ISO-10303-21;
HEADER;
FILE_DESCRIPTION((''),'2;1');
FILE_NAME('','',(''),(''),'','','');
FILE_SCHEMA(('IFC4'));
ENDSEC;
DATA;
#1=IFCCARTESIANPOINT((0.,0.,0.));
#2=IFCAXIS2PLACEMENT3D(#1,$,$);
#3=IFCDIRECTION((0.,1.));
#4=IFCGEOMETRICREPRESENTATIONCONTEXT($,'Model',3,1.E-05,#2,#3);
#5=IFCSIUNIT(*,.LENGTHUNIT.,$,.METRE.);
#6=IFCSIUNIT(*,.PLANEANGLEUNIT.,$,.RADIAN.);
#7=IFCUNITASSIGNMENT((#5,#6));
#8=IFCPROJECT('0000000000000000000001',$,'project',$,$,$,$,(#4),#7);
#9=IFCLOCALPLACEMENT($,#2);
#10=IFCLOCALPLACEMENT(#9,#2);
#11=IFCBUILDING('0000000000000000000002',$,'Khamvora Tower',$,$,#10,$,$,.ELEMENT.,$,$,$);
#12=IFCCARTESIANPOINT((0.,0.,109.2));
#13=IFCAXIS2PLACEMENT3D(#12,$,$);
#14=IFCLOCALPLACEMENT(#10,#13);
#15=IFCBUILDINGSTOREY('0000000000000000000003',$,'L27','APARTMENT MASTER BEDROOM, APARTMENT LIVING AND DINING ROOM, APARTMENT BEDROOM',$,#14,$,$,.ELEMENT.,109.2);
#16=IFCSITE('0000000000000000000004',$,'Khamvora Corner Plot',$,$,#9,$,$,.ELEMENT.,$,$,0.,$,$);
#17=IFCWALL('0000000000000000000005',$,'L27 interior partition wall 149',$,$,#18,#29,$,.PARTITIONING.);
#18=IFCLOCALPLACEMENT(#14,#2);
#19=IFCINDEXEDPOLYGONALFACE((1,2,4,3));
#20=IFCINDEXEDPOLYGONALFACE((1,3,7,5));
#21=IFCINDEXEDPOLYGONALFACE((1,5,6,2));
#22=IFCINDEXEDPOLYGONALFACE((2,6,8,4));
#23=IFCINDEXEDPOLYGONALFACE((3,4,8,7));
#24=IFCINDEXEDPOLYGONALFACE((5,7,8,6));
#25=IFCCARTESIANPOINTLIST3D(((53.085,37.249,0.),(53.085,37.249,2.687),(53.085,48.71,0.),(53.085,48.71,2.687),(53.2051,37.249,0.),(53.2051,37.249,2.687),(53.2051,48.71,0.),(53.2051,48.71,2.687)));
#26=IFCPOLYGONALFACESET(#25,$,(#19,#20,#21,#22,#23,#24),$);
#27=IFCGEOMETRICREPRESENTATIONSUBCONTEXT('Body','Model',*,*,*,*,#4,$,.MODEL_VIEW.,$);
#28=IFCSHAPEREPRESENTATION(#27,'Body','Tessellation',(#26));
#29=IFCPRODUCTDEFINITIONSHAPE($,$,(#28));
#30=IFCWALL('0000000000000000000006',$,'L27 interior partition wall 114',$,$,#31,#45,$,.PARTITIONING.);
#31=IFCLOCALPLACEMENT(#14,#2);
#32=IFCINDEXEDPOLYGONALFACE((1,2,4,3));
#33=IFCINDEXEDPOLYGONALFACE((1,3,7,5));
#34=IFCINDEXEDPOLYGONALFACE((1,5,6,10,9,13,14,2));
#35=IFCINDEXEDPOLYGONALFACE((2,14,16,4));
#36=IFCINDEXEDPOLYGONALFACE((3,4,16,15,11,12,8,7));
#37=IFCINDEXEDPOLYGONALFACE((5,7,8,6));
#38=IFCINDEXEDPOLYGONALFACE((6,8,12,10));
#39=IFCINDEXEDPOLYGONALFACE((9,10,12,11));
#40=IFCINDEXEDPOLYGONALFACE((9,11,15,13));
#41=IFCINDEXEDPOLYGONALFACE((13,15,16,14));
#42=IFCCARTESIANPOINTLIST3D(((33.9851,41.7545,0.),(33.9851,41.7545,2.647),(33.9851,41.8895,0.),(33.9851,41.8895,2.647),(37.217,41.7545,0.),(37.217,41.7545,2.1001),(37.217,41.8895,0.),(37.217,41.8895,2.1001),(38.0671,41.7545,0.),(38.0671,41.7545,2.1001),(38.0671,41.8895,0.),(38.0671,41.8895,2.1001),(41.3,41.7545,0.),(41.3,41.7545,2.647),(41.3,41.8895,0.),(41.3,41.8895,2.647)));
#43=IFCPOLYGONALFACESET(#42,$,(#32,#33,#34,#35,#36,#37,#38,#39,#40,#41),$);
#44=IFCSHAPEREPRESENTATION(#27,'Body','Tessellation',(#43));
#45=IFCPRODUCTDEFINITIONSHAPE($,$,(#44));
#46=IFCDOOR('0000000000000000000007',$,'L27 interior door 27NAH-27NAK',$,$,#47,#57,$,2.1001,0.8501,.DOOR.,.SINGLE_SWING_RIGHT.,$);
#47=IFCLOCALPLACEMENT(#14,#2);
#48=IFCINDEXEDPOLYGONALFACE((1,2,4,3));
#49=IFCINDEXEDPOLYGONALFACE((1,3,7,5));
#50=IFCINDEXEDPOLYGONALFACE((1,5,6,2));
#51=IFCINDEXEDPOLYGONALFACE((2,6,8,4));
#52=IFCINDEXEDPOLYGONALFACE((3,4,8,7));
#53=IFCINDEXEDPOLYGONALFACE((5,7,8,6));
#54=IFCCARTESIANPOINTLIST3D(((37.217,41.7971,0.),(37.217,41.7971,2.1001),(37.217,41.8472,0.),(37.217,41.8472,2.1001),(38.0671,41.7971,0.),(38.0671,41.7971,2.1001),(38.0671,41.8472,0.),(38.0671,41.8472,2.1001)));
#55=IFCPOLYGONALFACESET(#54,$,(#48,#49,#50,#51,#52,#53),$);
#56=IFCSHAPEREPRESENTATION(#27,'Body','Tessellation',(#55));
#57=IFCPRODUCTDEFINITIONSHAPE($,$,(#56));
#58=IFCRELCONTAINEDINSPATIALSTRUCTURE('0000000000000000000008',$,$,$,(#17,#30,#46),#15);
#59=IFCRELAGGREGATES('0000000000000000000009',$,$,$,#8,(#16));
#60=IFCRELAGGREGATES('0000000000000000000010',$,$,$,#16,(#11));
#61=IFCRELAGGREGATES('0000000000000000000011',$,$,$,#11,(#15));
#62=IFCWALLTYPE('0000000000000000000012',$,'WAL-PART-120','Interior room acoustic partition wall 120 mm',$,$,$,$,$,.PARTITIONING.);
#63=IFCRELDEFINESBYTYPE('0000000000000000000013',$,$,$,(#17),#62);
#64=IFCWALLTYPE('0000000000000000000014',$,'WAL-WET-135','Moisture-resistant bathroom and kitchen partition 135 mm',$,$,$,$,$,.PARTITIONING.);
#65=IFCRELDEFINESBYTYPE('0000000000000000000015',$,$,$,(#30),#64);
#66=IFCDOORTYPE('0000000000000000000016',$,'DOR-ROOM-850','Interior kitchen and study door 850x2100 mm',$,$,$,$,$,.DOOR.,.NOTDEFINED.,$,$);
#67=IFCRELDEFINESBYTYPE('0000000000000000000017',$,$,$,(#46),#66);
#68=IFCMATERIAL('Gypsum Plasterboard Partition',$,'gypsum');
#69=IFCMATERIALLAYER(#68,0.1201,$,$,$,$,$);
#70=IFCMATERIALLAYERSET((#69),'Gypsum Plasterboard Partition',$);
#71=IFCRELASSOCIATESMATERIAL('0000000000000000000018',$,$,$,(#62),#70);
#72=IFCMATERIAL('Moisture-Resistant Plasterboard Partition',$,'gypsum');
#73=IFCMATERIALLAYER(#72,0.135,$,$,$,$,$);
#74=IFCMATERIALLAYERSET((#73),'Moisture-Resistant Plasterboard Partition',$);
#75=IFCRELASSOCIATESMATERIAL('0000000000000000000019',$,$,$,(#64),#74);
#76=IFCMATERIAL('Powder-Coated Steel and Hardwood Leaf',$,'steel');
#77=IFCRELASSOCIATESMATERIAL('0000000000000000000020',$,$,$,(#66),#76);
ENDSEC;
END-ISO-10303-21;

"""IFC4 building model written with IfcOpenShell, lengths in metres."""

from ifc_helpers import new_model, si_unit, direction, frame, frame_2d, origin, place, context, subcontext, project, spatial, rectangle, extrude, material, layer, layer_set, type_object, element, fill, save


model = new_model("IFC4")

# Units and contexts
model_context = context("Model", 3, precision=1e-05, world=origin(), true_north=direction((0.0, 1.0)))
body_context = subcontext(model_context, "Body", "Model", "MODEL_VIEW")
ifc_project = project(units=[si_unit("LENGTHUNIT", "METRE"), si_unit("PLANEANGLEUNIT", "RADIAN")], contexts=[model_context])

# Site, building, storey
site_placement = place(None, origin())
site = spatial("IfcSite", under=ifc_project, at=site_placement, Name="Khamvora Corner Plot", CompositionType="ELEMENT", RefElevation=0.0)
building_placement = place(site_placement, origin())
building = spatial("IfcBuilding", under=site, at=building_placement, Name="Khamvora Tower", CompositionType="ELEMENT")
storey_placement = place(building_placement, frame((0.0, 0.0, 109.2)))
storey = spatial("IfcBuildingStorey", under=building, at=storey_placement, Name="L27", Description="APARTMENT MASTER BEDROOM, APARTMENT LIVING AND DINING ROOM, APARTMENT BEDROOM", CompositionType="ELEMENT", Elevation=109.2)

# Shared definitions
ifc_material_1 = material(Name="Gypsum Plasterboard Partition", Category="gypsum")
ifc_layer_1 = layer(ifc_material_1, 0.1201)
ifc_layer_set_1 = layer_set([ifc_layer_1], Name="Gypsum Plasterboard Partition")
wall_type_1 = type_object("IfcWallType", Name="WAL-PART-120", Description="Interior room acoustic partition wall 120 mm", PredefinedType="PARTITIONING", material=ifc_layer_set_1)
ifc_material_2 = material(Name="Powder-Coated Steel and Hardwood Leaf", Category="steel")

# Wall
wall_1_placement = place(storey_placement, frame((53.145, 48.71, 0.0), z_axis=(0.0, 0.0, 1.0), x_axis=(0.0, -1.0, 0.0)))
element("IfcWall", 1, at=wall_1_placement, inside=storey, type_object=wall_type_1, Name="L27 interior partition wall 149", PredefinedType="PARTITIONING", context=body_context, shape_type="SweptSolid", body=[
    extrude(rectangle(XDim=11.4609, YDim=0.1201, at=frame_2d((5.7305, 0.0))), origin(), (0.0, 0.0, 1.0), 2.687),
])

# Wall, opening, door
ifc_material_3 = material(Name="Moisture-Resistant Plasterboard Partition", Category="gypsum")
ifc_layer_2 = layer(ifc_material_3, 0.135)
ifc_layer_set_2 = layer_set([ifc_layer_2], Name="Moisture-Resistant Plasterboard Partition")
wall_type_2 = type_object("IfcWallType", Name="WAL-WET-135", Description="Moisture-resistant bathroom and kitchen partition 135 mm", PredefinedType="PARTITIONING", material=ifc_layer_set_2)
wall_2_placement = place(storey_placement, frame((41.3, 41.822, 0.0), z_axis=(0.0, 0.0, 1.0), x_axis=(-1.0, 0.0, 0.0)))
wall_2 = element("IfcWall", 2, at=wall_2_placement, inside=storey, type_object=wall_type_2, Name="L27 interior partition wall 114", PredefinedType="PARTITIONING", context=body_context, shape_type="SweptSolid", body=[
    extrude(rectangle(XDim=7.3149, YDim=0.135, at=frame_2d((3.6575, 0.0))), origin(), (0.0, 0.0, 1.0), 2.647),
])
opening_1_placement = place(wall_2_placement, frame((3.2329, 0.0, 0.0)))
opening_1 = element("IfcOpeningElement", 3, at=opening_1_placement, cuts=wall_2, PredefinedType="OPENING", context=body_context, shape_type="SweptSolid", body=[
    extrude(rectangle(XDim=0.8501, YDim=2.1001, at=frame_2d((0.425, 1.05))), frame((0.0, 0.0774, 0.0), z_axis=(0.0, -1.0, 0.0), x_axis=(1.0, 0.0, 0.0)), (0.0, 0.0, 1.0), 0.155),
])
door_type_1 = type_object("IfcDoorType", Name="DOR-ROOM-850", Description="Interior kitchen and study door 850x2100 mm", OperationType="NOTDEFINED", PredefinedType="DOOR", material=ifc_material_2)
door_1_placement = place(opening_1_placement, origin())
door_1 = element("IfcDoor", 4, at=door_1_placement, inside=storey, type_object=door_type_1, Name="L27 interior door 27NAH-27NAK", OperationType="SINGLE_SWING_RIGHT", OverallHeight=2.1001, OverallWidth=0.8501, PredefinedType="DOOR", context=body_context, shape_type="SweptSolid", body=[
    extrude(rectangle(XDim=0.8501, YDim=2.1001, at=frame_2d((0.425, 1.05))), frame((0.0, 0.0249, 0.0), z_axis=(0.0, -1.0, 0.0), x_axis=(1.0, 0.0, 0.0)), (0.0, 0.0, 1.0), 0.05),
])
fill(opening_1, door_1)

save(model, "model.ifc")
